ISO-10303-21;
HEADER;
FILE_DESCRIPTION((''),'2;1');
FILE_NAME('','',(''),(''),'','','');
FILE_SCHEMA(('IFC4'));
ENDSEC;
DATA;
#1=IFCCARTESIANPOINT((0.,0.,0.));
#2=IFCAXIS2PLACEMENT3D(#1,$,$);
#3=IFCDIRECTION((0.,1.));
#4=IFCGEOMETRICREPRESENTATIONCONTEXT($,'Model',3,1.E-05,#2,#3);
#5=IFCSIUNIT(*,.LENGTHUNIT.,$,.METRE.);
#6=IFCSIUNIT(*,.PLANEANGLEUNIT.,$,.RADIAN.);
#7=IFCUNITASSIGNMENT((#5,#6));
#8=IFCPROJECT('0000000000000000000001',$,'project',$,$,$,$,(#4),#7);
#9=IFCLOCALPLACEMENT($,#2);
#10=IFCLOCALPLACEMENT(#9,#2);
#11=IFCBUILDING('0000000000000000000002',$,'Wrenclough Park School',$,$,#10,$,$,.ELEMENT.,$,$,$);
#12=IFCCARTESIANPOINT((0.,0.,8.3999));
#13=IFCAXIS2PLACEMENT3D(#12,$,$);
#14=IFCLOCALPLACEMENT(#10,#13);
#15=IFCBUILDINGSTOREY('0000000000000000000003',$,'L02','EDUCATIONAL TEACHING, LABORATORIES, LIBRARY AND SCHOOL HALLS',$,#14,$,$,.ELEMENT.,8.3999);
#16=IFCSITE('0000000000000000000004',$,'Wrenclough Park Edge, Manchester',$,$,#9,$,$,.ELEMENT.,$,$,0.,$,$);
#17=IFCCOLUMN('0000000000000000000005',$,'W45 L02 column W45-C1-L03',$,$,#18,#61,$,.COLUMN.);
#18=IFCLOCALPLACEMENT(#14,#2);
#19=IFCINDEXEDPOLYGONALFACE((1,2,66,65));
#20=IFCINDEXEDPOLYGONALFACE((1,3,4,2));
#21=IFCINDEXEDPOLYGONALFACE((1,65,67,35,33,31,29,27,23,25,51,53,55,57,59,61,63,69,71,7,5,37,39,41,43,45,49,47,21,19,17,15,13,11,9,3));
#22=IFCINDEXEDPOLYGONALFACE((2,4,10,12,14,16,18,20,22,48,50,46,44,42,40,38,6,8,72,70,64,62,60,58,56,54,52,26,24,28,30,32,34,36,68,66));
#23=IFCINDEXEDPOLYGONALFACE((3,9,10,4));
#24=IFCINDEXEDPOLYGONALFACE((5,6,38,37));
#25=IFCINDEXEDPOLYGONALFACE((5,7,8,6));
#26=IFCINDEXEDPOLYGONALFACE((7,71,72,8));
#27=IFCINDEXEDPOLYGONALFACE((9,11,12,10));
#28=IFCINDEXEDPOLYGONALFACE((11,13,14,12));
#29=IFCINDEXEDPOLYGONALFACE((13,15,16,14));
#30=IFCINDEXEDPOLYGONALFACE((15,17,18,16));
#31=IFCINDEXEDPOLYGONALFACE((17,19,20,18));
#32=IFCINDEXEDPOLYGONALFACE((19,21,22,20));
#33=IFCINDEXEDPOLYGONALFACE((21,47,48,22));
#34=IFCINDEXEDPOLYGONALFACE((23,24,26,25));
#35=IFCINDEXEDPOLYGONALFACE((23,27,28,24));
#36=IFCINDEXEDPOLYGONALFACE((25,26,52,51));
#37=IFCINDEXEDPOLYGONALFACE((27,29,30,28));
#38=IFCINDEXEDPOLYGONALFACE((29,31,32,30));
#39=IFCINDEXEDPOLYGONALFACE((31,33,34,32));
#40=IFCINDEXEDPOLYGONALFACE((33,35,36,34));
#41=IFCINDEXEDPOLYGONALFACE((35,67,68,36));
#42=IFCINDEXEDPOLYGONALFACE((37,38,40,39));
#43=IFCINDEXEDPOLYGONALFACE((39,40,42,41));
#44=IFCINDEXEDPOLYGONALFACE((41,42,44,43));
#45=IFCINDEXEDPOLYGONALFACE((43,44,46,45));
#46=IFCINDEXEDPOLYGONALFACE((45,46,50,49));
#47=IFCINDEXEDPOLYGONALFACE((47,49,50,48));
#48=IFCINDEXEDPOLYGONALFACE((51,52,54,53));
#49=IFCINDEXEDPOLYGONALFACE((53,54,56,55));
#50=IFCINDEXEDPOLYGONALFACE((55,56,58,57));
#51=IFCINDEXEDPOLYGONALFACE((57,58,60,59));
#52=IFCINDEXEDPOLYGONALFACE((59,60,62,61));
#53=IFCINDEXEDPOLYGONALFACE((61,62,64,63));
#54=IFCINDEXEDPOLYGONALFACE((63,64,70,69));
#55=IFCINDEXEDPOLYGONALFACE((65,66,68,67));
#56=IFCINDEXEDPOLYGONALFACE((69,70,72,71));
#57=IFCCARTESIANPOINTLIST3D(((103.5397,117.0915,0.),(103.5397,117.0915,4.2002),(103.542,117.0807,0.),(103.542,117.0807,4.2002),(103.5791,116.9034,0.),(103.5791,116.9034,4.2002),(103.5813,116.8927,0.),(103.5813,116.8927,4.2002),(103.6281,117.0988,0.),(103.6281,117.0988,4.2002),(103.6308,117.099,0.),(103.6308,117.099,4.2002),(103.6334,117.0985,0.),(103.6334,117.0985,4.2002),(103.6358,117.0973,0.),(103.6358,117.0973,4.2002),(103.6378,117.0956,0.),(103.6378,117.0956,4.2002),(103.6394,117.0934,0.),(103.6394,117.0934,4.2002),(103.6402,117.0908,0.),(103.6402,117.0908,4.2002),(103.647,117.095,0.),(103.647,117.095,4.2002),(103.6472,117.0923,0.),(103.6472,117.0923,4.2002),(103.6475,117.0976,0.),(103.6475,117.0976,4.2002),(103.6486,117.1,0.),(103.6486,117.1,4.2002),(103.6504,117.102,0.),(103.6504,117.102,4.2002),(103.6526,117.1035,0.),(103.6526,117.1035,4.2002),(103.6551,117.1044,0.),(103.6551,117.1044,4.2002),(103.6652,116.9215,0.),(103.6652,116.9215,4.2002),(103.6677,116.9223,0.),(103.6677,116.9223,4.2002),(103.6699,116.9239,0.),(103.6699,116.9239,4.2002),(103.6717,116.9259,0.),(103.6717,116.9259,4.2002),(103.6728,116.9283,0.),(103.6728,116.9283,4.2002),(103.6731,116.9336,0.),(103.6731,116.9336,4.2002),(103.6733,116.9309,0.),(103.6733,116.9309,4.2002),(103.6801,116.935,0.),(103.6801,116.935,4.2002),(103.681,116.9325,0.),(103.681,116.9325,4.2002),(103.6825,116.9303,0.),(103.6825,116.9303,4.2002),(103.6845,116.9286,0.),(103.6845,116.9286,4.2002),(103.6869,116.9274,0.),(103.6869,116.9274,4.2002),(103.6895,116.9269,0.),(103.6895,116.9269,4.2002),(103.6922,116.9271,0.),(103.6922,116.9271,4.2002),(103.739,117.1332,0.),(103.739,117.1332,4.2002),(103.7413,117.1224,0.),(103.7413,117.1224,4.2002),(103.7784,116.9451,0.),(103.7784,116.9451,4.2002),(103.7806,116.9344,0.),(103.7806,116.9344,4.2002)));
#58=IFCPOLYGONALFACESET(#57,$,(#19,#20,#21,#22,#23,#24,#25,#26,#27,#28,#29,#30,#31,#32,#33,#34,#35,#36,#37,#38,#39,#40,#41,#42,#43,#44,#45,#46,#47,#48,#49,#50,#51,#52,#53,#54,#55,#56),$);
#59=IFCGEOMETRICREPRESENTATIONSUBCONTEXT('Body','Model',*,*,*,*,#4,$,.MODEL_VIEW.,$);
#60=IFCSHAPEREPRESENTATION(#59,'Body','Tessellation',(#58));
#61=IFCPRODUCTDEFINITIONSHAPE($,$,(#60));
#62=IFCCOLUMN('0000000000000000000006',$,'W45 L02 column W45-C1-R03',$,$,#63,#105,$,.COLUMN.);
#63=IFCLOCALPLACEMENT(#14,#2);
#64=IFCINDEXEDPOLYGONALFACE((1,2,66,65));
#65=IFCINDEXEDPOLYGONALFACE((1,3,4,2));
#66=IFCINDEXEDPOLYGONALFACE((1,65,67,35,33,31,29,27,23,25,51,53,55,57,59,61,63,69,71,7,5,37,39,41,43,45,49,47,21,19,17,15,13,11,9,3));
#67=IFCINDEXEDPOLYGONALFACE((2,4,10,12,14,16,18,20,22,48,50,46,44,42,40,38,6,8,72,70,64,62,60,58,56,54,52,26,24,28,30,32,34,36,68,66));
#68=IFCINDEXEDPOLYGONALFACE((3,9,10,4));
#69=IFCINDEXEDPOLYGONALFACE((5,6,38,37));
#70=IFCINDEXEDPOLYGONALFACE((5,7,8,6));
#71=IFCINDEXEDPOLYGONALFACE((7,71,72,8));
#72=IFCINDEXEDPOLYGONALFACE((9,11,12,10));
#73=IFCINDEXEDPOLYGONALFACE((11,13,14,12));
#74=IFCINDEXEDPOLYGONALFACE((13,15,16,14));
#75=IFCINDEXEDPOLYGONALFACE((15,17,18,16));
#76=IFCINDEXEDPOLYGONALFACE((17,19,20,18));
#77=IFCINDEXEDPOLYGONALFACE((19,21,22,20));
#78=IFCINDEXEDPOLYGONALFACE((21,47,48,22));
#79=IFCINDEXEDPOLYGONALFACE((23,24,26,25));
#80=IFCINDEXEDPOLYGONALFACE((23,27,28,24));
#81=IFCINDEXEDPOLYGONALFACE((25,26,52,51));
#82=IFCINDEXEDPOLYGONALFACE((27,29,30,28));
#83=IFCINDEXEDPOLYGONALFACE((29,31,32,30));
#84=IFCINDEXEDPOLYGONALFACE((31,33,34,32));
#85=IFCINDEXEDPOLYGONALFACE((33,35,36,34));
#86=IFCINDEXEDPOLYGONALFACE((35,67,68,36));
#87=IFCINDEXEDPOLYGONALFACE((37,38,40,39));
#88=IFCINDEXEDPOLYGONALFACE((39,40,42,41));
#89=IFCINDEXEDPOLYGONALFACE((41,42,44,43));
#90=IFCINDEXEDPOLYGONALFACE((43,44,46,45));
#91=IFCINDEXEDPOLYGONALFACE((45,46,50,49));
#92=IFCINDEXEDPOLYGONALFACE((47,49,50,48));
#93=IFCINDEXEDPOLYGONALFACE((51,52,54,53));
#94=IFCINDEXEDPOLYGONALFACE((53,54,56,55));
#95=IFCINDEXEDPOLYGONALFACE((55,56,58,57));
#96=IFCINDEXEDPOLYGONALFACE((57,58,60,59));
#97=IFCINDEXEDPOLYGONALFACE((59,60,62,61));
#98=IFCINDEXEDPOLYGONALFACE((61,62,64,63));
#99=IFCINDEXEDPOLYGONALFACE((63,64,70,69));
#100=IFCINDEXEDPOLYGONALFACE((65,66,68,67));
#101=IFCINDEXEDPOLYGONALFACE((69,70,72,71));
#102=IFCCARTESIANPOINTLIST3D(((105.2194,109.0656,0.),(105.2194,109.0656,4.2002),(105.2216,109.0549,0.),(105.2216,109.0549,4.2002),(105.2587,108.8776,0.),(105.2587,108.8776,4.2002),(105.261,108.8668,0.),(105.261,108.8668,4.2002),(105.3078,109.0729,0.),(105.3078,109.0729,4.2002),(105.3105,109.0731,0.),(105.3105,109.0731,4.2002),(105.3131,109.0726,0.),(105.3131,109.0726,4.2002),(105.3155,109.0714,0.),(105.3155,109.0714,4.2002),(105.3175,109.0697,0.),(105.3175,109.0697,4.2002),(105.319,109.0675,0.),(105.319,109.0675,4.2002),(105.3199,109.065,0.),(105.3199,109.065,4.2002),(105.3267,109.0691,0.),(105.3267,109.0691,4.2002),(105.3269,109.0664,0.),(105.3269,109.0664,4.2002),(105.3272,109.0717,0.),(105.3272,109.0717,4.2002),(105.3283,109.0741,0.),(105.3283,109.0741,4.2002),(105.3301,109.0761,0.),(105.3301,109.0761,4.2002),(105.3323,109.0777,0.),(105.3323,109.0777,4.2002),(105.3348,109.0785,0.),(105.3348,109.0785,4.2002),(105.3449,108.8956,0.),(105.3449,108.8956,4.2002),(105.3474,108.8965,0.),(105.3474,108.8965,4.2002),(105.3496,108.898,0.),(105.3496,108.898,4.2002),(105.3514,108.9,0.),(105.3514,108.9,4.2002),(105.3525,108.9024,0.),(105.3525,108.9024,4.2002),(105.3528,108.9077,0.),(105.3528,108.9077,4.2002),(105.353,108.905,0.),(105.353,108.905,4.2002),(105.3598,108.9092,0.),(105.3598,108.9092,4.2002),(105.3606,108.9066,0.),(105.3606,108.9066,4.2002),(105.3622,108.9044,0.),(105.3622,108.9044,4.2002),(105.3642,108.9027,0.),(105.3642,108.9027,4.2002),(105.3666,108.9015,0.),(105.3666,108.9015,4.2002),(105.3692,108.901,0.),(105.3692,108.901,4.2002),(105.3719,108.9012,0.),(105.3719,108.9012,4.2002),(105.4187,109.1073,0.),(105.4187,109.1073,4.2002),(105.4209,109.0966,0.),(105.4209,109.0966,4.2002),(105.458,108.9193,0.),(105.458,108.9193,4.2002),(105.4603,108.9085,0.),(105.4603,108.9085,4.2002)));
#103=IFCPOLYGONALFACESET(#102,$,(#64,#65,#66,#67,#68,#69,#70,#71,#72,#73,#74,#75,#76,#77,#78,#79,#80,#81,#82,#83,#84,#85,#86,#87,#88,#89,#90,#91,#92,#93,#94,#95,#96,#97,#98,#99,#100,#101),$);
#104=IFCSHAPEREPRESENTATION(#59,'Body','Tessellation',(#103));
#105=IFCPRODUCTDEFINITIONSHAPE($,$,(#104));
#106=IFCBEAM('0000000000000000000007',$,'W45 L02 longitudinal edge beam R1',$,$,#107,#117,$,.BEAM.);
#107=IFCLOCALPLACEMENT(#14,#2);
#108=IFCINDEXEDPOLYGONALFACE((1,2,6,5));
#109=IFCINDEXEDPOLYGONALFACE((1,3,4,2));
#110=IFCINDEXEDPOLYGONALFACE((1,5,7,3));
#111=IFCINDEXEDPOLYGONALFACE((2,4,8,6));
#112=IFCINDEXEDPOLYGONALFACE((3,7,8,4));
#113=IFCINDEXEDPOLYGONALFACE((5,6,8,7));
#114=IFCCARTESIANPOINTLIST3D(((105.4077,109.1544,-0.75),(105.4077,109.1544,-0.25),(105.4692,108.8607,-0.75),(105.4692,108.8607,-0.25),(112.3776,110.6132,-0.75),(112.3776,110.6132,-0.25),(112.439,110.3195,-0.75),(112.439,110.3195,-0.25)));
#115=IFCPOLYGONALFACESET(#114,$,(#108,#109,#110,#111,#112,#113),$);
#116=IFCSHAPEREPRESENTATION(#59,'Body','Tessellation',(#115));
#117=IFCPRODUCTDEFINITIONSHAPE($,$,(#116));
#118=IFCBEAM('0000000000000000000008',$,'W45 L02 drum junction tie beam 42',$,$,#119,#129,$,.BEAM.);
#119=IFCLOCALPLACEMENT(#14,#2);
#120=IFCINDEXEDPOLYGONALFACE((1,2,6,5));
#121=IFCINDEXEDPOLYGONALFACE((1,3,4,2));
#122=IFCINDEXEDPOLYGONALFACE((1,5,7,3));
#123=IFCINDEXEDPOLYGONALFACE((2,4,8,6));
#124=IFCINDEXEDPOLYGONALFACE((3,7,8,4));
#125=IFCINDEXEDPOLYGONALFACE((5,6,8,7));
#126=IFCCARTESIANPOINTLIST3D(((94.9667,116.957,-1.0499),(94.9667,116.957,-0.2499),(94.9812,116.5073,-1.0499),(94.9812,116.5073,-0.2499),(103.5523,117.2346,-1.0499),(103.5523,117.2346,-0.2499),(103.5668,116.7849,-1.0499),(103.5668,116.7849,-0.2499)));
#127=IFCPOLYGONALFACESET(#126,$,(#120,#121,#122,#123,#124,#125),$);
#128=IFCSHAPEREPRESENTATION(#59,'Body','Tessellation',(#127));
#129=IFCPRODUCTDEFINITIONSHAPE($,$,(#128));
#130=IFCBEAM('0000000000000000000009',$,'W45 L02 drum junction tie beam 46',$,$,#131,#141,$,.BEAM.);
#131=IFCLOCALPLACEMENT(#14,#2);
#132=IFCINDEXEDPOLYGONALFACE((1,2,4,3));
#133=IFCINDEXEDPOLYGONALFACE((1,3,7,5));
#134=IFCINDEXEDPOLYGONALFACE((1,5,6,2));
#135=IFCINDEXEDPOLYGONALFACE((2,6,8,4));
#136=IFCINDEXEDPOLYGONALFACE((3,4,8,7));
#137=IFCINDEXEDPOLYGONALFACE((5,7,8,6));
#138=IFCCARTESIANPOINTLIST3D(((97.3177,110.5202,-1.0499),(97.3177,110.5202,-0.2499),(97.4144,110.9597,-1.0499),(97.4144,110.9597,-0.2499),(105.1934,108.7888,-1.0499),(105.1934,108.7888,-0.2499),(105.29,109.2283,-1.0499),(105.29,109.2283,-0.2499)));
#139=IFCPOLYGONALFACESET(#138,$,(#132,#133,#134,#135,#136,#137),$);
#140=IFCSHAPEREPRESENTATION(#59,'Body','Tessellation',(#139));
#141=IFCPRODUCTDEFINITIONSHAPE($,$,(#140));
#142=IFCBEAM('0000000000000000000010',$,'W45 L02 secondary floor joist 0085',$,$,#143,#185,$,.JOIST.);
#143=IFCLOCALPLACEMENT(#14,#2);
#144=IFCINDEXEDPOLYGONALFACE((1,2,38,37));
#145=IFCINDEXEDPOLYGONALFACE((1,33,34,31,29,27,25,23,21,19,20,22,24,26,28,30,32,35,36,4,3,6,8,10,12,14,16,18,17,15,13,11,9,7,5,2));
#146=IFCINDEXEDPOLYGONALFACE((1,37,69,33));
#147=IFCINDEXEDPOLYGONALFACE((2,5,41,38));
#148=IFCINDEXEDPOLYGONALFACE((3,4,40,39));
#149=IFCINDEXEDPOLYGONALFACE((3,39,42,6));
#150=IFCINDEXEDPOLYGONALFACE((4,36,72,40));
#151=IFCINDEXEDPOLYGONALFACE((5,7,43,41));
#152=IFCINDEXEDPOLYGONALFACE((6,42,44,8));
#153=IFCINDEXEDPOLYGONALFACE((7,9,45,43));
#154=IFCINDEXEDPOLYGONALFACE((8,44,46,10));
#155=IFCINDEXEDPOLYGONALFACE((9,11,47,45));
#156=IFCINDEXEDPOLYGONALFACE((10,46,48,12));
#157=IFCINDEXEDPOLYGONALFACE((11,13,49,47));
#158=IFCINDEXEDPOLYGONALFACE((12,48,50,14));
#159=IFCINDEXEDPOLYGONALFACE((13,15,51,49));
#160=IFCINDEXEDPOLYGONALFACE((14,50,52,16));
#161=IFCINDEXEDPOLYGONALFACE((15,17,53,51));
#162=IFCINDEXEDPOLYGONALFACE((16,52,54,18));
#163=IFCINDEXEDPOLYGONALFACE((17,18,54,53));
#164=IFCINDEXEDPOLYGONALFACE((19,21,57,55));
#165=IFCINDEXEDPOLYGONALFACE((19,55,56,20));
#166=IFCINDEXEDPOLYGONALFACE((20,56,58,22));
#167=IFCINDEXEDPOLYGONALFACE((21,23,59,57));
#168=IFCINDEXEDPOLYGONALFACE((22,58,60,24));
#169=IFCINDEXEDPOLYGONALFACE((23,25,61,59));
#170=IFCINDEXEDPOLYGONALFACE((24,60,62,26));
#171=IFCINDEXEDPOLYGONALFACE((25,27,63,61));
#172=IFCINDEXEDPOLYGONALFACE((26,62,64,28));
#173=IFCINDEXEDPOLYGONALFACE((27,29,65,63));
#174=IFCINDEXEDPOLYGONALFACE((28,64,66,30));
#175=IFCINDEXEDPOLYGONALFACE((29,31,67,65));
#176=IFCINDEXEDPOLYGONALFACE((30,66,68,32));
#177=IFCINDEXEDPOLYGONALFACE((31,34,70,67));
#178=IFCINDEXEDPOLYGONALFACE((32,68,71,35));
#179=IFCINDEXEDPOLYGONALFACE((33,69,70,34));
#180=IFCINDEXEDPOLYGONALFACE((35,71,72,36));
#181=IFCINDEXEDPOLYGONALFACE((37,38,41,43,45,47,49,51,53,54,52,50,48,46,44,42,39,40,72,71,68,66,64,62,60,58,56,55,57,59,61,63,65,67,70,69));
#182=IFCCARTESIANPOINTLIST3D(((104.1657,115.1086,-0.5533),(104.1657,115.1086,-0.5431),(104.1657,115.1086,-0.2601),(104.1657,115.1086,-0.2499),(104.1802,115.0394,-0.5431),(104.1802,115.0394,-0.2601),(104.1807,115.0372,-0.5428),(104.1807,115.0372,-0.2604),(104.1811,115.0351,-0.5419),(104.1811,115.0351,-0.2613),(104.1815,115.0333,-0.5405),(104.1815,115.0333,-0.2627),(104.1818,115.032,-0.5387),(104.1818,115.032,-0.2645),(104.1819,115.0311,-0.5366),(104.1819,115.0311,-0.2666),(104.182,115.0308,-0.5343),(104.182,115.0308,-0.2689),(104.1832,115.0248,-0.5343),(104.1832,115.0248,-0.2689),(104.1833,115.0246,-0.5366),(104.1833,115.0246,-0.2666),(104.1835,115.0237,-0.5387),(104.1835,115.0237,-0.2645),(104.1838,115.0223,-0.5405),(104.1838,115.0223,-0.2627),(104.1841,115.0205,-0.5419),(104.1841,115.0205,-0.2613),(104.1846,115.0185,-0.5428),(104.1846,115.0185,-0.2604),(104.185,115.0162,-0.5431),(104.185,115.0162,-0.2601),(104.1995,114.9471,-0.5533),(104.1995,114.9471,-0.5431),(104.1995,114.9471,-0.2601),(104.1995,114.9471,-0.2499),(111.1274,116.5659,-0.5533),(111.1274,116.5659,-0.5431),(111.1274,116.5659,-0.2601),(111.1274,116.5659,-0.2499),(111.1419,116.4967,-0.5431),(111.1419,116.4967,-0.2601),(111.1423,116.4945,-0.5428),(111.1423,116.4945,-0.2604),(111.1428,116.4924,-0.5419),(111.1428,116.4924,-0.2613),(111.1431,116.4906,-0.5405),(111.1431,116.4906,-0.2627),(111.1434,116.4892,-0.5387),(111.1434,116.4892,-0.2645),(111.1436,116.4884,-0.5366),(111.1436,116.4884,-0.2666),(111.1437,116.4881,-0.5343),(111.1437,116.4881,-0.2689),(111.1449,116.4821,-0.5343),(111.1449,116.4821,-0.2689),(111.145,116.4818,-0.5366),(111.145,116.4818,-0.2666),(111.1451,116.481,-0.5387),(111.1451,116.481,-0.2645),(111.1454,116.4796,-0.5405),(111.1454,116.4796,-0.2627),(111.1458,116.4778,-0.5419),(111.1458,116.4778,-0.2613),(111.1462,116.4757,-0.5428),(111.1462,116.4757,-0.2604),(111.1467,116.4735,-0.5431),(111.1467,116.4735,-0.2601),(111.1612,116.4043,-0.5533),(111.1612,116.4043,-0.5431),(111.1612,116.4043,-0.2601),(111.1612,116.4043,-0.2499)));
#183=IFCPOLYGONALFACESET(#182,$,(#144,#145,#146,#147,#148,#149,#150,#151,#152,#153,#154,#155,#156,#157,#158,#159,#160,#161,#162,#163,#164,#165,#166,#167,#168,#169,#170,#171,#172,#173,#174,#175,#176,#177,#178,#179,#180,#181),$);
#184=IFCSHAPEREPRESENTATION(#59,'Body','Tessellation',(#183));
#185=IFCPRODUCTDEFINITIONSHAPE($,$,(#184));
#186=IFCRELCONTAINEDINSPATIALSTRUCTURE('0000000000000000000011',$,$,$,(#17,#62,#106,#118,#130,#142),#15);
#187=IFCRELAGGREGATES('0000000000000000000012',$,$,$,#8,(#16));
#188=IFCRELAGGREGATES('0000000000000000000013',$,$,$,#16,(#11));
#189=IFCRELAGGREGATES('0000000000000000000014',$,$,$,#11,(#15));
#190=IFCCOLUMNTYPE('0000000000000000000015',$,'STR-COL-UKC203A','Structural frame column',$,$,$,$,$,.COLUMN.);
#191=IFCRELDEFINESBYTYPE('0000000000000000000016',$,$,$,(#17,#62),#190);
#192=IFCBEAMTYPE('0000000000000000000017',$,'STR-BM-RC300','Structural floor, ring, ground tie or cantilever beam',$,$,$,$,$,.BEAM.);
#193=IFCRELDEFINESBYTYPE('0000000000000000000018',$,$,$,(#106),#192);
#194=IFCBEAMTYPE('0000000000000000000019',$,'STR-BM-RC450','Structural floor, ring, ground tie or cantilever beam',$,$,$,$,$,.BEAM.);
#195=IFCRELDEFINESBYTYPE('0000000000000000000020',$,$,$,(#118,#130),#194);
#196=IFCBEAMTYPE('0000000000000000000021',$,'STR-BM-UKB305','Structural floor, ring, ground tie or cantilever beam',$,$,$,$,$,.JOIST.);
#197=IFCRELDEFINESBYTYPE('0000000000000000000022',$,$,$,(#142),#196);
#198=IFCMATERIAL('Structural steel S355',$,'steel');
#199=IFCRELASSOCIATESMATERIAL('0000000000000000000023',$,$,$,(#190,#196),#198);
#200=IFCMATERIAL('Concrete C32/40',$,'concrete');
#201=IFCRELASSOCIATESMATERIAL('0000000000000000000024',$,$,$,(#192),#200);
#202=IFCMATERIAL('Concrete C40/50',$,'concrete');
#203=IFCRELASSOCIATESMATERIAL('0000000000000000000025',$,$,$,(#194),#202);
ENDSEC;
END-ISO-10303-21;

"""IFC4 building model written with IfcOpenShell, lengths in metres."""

from ifc_helpers import new_model, si_unit, direction, frame, origin, origin_2d, place, context, subcontext, project, spatial, rectangle, i_section, extrude, material, material_profile, profile_set, type_object, element, save


model = new_model("IFC4")

# Units and contexts
model_context = context("Model", 3, precision=1e-05, world=origin(), true_north=direction((0.0, 1.0)))
body_context = subcontext(model_context, "Body", "Model", "MODEL_VIEW")
ifc_project = project(units=[si_unit("LENGTHUNIT", "METRE"), si_unit("PLANEANGLEUNIT", "RADIAN")], contexts=[model_context])

# Site, building, storey
site_placement = place(None, origin())
site = spatial("IfcSite", under=ifc_project, at=site_placement, Name="Wrenclough Park Edge, Manchester", CompositionType="ELEMENT", RefElevation=0.0)
building_placement = place(site_placement, origin())
building = spatial("IfcBuilding", under=site, at=building_placement, Name="Wrenclough Park School", CompositionType="ELEMENT")
storey_placement = place(building_placement, frame((0.0, 0.0, 8.3999)))
storey = spatial("IfcBuildingStorey", under=building, at=storey_placement, Name="L02", Description="EDUCATIONAL TEACHING, LABORATORIES, LIBRARY AND SCHOOL HALLS", CompositionType="ELEMENT", Elevation=8.3999)

# Columns
ifc_material_1 = material(Name="Structural steel S355", Category="steel")
ifc_material_profile_1 = material_profile(ifc_material_1, i_section(OverallWidth=0.2036, OverallDepth=0.2031, WebThickness=0.0071, FlangeThickness=0.011, FilletRadius=0.0103, at=origin_2d()), Name="UKC 203x203x46")
ifc_profile_set_1 = profile_set([ifc_material_profile_1], Name="Structural steel S355")
column_type = type_object("IfcColumnType", Name="STR-COL-UKC203A", Description="Structural frame column", PredefinedType="COLUMN", material=ifc_profile_set_1)
for number, where, z_axis, x_axis, name in (
    (1, (103.6602, 117.0129, 0.0), (0.0, 0.0, 1.0), (0.978796, 0.204838, 0.0), "W45 L02 column W45-C1-L03"),
    (2, (105.3398, 108.9871, 0.0), (0.0, 0.0, 1.0), (0.978796, 0.204838, 0.0), "W45 L02 column W45-C1-R03"),
):
    element("IfcColumn", number, at=place(storey_placement, frame(where, z_axis=z_axis, x_axis=x_axis)), inside=storey, type_object=column_type, Name=name, PredefinedType="COLUMN", context=body_context, shape_type="SweptSolid", body=[
        extrude(i_section(OverallWidth=0.2036, OverallDepth=0.2031, WebThickness=0.0071, FlangeThickness=0.011, FilletRadius=0.0103, at=origin_2d()), origin(), (0.0, 0.0, 1.0), 4.2002),
    ])

# Beams
ifc_material_2 = material(Name="Concrete C32/40", Category="concrete")
ifc_material_profile_2 = material_profile(ifc_material_2, rectangle(XDim=0.3, YDim=0.5, at=origin_2d()), Name="RC BEAM 300x500")
ifc_profile_set_2 = profile_set([ifc_material_profile_2], Name="Concrete C32/40")
beam_type_1 = type_object("IfcBeamType", Name="STR-BM-RC300", Description="Structural floor, ring, ground tie or cantilever beam", PredefinedType="BEAM", material=ifc_profile_set_2)
beam_1_placement = place(storey_placement, frame((105.4385, 109.0076, -0.5), z_axis=(0.978792, 0.204858, 0.0), x_axis=(-0.204858, 0.978792, 0.0)))
element("IfcBeam", 3, at=beam_1_placement, inside=storey, type_object=beam_type_1, Name="W45 L02 longitudinal edge beam R1", PredefinedType="BEAM", context=body_context, shape_type="SweptSolid", body=[
    extrude(rectangle(XDim=0.3, YDim=0.5, at=origin_2d()), origin(), (0.0, 0.0, 1.0), 7.1208),
])
ifc_material_3 = material(Name="Concrete C40/50", Category="concrete")
ifc_material_profile_3 = material_profile(ifc_material_3, rectangle(XDim=0.45, YDim=0.8, at=origin_2d()), Name="RC BEAM 450x800")
ifc_profile_set_3 = profile_set([ifc_material_profile_3], Name="Concrete C40/50")
beam_type_2 = type_object("IfcBeamType", Name="STR-BM-RC450", Description="Structural floor, ring, ground tie or cantilever beam", PredefinedType="BEAM", material=ifc_profile_set_3)
beam_2_placement = place(storey_placement, frame((103.5596, 117.0098, -0.6499), z_axis=(-0.999478, -0.032315, 0.0), x_axis=(0.032315, -0.999478, 0.0)))
element("IfcBeam", 4, at=beam_2_placement, inside=storey, type_object=beam_type_2, Name="W45 L02 drum junction tie beam 42", PredefinedType="BEAM", context=body_context, shape_type="SweptSolid", body=[
    extrude(rectangle(XDim=0.45, YDim=0.8, at=origin_2d()), origin(), (0.0, 0.0, 1.0), 8.5901),
])
beam_3_placement = place(storey_placement, frame((105.2417, 109.0085, -0.6499), z_axis=(-0.976676, 0.214718, 0.0), x_axis=(-0.214718, -0.976676, 0.0)))
element("IfcBeam", 5, at=beam_3_placement, inside=storey, type_object=beam_type_2, Name="W45 L02 drum junction tie beam 46", PredefinedType="BEAM", context=body_context, shape_type="SweptSolid", body=[
    extrude(rectangle(XDim=0.45, YDim=0.8, at=origin_2d()), origin(), (0.0, 0.0, 1.0), 8.0637),
])
ifc_material_profile_4 = material_profile(ifc_material_1, i_section(OverallWidth=0.165, OverallDepth=0.3035, WebThickness=0.0061, FlangeThickness=0.0103, FilletRadius=0.0088, at=origin_2d()), Name="UKB 305x165x40")
ifc_profile_set_4 = profile_set([ifc_material_profile_4], Name="Structural steel S355")
beam_type_3 = type_object("IfcBeamType", Name="STR-BM-UKB305", Description="Structural floor, ring, ground tie or cantilever beam", PredefinedType="JOIST", material=ifc_profile_set_4)
for number, where, z_axis, x_axis, name in (
    (6, (104.1826, 115.0278, -0.4016), (0.978786, 0.204888, 0.0), (-0.204888, 0.978786, 0.0), "W45 L02 secondary floor joist 0085"),
):
    element("IfcBeam", number, at=place(storey_placement, frame(where, z_axis=z_axis, x_axis=x_axis)), inside=storey, type_object=beam_type_3, Name=name, PredefinedType="JOIST", context=body_context, shape_type="SweptSolid", body=[
        extrude(i_section(OverallWidth=0.165, OverallDepth=0.3035, WebThickness=0.0061, FlangeThickness=0.0103, FilletRadius=0.0088, at=origin_2d()), origin(), (0.0, 0.0, 1.0), 7.1125),
    ])

save(model, "model.ifc")
